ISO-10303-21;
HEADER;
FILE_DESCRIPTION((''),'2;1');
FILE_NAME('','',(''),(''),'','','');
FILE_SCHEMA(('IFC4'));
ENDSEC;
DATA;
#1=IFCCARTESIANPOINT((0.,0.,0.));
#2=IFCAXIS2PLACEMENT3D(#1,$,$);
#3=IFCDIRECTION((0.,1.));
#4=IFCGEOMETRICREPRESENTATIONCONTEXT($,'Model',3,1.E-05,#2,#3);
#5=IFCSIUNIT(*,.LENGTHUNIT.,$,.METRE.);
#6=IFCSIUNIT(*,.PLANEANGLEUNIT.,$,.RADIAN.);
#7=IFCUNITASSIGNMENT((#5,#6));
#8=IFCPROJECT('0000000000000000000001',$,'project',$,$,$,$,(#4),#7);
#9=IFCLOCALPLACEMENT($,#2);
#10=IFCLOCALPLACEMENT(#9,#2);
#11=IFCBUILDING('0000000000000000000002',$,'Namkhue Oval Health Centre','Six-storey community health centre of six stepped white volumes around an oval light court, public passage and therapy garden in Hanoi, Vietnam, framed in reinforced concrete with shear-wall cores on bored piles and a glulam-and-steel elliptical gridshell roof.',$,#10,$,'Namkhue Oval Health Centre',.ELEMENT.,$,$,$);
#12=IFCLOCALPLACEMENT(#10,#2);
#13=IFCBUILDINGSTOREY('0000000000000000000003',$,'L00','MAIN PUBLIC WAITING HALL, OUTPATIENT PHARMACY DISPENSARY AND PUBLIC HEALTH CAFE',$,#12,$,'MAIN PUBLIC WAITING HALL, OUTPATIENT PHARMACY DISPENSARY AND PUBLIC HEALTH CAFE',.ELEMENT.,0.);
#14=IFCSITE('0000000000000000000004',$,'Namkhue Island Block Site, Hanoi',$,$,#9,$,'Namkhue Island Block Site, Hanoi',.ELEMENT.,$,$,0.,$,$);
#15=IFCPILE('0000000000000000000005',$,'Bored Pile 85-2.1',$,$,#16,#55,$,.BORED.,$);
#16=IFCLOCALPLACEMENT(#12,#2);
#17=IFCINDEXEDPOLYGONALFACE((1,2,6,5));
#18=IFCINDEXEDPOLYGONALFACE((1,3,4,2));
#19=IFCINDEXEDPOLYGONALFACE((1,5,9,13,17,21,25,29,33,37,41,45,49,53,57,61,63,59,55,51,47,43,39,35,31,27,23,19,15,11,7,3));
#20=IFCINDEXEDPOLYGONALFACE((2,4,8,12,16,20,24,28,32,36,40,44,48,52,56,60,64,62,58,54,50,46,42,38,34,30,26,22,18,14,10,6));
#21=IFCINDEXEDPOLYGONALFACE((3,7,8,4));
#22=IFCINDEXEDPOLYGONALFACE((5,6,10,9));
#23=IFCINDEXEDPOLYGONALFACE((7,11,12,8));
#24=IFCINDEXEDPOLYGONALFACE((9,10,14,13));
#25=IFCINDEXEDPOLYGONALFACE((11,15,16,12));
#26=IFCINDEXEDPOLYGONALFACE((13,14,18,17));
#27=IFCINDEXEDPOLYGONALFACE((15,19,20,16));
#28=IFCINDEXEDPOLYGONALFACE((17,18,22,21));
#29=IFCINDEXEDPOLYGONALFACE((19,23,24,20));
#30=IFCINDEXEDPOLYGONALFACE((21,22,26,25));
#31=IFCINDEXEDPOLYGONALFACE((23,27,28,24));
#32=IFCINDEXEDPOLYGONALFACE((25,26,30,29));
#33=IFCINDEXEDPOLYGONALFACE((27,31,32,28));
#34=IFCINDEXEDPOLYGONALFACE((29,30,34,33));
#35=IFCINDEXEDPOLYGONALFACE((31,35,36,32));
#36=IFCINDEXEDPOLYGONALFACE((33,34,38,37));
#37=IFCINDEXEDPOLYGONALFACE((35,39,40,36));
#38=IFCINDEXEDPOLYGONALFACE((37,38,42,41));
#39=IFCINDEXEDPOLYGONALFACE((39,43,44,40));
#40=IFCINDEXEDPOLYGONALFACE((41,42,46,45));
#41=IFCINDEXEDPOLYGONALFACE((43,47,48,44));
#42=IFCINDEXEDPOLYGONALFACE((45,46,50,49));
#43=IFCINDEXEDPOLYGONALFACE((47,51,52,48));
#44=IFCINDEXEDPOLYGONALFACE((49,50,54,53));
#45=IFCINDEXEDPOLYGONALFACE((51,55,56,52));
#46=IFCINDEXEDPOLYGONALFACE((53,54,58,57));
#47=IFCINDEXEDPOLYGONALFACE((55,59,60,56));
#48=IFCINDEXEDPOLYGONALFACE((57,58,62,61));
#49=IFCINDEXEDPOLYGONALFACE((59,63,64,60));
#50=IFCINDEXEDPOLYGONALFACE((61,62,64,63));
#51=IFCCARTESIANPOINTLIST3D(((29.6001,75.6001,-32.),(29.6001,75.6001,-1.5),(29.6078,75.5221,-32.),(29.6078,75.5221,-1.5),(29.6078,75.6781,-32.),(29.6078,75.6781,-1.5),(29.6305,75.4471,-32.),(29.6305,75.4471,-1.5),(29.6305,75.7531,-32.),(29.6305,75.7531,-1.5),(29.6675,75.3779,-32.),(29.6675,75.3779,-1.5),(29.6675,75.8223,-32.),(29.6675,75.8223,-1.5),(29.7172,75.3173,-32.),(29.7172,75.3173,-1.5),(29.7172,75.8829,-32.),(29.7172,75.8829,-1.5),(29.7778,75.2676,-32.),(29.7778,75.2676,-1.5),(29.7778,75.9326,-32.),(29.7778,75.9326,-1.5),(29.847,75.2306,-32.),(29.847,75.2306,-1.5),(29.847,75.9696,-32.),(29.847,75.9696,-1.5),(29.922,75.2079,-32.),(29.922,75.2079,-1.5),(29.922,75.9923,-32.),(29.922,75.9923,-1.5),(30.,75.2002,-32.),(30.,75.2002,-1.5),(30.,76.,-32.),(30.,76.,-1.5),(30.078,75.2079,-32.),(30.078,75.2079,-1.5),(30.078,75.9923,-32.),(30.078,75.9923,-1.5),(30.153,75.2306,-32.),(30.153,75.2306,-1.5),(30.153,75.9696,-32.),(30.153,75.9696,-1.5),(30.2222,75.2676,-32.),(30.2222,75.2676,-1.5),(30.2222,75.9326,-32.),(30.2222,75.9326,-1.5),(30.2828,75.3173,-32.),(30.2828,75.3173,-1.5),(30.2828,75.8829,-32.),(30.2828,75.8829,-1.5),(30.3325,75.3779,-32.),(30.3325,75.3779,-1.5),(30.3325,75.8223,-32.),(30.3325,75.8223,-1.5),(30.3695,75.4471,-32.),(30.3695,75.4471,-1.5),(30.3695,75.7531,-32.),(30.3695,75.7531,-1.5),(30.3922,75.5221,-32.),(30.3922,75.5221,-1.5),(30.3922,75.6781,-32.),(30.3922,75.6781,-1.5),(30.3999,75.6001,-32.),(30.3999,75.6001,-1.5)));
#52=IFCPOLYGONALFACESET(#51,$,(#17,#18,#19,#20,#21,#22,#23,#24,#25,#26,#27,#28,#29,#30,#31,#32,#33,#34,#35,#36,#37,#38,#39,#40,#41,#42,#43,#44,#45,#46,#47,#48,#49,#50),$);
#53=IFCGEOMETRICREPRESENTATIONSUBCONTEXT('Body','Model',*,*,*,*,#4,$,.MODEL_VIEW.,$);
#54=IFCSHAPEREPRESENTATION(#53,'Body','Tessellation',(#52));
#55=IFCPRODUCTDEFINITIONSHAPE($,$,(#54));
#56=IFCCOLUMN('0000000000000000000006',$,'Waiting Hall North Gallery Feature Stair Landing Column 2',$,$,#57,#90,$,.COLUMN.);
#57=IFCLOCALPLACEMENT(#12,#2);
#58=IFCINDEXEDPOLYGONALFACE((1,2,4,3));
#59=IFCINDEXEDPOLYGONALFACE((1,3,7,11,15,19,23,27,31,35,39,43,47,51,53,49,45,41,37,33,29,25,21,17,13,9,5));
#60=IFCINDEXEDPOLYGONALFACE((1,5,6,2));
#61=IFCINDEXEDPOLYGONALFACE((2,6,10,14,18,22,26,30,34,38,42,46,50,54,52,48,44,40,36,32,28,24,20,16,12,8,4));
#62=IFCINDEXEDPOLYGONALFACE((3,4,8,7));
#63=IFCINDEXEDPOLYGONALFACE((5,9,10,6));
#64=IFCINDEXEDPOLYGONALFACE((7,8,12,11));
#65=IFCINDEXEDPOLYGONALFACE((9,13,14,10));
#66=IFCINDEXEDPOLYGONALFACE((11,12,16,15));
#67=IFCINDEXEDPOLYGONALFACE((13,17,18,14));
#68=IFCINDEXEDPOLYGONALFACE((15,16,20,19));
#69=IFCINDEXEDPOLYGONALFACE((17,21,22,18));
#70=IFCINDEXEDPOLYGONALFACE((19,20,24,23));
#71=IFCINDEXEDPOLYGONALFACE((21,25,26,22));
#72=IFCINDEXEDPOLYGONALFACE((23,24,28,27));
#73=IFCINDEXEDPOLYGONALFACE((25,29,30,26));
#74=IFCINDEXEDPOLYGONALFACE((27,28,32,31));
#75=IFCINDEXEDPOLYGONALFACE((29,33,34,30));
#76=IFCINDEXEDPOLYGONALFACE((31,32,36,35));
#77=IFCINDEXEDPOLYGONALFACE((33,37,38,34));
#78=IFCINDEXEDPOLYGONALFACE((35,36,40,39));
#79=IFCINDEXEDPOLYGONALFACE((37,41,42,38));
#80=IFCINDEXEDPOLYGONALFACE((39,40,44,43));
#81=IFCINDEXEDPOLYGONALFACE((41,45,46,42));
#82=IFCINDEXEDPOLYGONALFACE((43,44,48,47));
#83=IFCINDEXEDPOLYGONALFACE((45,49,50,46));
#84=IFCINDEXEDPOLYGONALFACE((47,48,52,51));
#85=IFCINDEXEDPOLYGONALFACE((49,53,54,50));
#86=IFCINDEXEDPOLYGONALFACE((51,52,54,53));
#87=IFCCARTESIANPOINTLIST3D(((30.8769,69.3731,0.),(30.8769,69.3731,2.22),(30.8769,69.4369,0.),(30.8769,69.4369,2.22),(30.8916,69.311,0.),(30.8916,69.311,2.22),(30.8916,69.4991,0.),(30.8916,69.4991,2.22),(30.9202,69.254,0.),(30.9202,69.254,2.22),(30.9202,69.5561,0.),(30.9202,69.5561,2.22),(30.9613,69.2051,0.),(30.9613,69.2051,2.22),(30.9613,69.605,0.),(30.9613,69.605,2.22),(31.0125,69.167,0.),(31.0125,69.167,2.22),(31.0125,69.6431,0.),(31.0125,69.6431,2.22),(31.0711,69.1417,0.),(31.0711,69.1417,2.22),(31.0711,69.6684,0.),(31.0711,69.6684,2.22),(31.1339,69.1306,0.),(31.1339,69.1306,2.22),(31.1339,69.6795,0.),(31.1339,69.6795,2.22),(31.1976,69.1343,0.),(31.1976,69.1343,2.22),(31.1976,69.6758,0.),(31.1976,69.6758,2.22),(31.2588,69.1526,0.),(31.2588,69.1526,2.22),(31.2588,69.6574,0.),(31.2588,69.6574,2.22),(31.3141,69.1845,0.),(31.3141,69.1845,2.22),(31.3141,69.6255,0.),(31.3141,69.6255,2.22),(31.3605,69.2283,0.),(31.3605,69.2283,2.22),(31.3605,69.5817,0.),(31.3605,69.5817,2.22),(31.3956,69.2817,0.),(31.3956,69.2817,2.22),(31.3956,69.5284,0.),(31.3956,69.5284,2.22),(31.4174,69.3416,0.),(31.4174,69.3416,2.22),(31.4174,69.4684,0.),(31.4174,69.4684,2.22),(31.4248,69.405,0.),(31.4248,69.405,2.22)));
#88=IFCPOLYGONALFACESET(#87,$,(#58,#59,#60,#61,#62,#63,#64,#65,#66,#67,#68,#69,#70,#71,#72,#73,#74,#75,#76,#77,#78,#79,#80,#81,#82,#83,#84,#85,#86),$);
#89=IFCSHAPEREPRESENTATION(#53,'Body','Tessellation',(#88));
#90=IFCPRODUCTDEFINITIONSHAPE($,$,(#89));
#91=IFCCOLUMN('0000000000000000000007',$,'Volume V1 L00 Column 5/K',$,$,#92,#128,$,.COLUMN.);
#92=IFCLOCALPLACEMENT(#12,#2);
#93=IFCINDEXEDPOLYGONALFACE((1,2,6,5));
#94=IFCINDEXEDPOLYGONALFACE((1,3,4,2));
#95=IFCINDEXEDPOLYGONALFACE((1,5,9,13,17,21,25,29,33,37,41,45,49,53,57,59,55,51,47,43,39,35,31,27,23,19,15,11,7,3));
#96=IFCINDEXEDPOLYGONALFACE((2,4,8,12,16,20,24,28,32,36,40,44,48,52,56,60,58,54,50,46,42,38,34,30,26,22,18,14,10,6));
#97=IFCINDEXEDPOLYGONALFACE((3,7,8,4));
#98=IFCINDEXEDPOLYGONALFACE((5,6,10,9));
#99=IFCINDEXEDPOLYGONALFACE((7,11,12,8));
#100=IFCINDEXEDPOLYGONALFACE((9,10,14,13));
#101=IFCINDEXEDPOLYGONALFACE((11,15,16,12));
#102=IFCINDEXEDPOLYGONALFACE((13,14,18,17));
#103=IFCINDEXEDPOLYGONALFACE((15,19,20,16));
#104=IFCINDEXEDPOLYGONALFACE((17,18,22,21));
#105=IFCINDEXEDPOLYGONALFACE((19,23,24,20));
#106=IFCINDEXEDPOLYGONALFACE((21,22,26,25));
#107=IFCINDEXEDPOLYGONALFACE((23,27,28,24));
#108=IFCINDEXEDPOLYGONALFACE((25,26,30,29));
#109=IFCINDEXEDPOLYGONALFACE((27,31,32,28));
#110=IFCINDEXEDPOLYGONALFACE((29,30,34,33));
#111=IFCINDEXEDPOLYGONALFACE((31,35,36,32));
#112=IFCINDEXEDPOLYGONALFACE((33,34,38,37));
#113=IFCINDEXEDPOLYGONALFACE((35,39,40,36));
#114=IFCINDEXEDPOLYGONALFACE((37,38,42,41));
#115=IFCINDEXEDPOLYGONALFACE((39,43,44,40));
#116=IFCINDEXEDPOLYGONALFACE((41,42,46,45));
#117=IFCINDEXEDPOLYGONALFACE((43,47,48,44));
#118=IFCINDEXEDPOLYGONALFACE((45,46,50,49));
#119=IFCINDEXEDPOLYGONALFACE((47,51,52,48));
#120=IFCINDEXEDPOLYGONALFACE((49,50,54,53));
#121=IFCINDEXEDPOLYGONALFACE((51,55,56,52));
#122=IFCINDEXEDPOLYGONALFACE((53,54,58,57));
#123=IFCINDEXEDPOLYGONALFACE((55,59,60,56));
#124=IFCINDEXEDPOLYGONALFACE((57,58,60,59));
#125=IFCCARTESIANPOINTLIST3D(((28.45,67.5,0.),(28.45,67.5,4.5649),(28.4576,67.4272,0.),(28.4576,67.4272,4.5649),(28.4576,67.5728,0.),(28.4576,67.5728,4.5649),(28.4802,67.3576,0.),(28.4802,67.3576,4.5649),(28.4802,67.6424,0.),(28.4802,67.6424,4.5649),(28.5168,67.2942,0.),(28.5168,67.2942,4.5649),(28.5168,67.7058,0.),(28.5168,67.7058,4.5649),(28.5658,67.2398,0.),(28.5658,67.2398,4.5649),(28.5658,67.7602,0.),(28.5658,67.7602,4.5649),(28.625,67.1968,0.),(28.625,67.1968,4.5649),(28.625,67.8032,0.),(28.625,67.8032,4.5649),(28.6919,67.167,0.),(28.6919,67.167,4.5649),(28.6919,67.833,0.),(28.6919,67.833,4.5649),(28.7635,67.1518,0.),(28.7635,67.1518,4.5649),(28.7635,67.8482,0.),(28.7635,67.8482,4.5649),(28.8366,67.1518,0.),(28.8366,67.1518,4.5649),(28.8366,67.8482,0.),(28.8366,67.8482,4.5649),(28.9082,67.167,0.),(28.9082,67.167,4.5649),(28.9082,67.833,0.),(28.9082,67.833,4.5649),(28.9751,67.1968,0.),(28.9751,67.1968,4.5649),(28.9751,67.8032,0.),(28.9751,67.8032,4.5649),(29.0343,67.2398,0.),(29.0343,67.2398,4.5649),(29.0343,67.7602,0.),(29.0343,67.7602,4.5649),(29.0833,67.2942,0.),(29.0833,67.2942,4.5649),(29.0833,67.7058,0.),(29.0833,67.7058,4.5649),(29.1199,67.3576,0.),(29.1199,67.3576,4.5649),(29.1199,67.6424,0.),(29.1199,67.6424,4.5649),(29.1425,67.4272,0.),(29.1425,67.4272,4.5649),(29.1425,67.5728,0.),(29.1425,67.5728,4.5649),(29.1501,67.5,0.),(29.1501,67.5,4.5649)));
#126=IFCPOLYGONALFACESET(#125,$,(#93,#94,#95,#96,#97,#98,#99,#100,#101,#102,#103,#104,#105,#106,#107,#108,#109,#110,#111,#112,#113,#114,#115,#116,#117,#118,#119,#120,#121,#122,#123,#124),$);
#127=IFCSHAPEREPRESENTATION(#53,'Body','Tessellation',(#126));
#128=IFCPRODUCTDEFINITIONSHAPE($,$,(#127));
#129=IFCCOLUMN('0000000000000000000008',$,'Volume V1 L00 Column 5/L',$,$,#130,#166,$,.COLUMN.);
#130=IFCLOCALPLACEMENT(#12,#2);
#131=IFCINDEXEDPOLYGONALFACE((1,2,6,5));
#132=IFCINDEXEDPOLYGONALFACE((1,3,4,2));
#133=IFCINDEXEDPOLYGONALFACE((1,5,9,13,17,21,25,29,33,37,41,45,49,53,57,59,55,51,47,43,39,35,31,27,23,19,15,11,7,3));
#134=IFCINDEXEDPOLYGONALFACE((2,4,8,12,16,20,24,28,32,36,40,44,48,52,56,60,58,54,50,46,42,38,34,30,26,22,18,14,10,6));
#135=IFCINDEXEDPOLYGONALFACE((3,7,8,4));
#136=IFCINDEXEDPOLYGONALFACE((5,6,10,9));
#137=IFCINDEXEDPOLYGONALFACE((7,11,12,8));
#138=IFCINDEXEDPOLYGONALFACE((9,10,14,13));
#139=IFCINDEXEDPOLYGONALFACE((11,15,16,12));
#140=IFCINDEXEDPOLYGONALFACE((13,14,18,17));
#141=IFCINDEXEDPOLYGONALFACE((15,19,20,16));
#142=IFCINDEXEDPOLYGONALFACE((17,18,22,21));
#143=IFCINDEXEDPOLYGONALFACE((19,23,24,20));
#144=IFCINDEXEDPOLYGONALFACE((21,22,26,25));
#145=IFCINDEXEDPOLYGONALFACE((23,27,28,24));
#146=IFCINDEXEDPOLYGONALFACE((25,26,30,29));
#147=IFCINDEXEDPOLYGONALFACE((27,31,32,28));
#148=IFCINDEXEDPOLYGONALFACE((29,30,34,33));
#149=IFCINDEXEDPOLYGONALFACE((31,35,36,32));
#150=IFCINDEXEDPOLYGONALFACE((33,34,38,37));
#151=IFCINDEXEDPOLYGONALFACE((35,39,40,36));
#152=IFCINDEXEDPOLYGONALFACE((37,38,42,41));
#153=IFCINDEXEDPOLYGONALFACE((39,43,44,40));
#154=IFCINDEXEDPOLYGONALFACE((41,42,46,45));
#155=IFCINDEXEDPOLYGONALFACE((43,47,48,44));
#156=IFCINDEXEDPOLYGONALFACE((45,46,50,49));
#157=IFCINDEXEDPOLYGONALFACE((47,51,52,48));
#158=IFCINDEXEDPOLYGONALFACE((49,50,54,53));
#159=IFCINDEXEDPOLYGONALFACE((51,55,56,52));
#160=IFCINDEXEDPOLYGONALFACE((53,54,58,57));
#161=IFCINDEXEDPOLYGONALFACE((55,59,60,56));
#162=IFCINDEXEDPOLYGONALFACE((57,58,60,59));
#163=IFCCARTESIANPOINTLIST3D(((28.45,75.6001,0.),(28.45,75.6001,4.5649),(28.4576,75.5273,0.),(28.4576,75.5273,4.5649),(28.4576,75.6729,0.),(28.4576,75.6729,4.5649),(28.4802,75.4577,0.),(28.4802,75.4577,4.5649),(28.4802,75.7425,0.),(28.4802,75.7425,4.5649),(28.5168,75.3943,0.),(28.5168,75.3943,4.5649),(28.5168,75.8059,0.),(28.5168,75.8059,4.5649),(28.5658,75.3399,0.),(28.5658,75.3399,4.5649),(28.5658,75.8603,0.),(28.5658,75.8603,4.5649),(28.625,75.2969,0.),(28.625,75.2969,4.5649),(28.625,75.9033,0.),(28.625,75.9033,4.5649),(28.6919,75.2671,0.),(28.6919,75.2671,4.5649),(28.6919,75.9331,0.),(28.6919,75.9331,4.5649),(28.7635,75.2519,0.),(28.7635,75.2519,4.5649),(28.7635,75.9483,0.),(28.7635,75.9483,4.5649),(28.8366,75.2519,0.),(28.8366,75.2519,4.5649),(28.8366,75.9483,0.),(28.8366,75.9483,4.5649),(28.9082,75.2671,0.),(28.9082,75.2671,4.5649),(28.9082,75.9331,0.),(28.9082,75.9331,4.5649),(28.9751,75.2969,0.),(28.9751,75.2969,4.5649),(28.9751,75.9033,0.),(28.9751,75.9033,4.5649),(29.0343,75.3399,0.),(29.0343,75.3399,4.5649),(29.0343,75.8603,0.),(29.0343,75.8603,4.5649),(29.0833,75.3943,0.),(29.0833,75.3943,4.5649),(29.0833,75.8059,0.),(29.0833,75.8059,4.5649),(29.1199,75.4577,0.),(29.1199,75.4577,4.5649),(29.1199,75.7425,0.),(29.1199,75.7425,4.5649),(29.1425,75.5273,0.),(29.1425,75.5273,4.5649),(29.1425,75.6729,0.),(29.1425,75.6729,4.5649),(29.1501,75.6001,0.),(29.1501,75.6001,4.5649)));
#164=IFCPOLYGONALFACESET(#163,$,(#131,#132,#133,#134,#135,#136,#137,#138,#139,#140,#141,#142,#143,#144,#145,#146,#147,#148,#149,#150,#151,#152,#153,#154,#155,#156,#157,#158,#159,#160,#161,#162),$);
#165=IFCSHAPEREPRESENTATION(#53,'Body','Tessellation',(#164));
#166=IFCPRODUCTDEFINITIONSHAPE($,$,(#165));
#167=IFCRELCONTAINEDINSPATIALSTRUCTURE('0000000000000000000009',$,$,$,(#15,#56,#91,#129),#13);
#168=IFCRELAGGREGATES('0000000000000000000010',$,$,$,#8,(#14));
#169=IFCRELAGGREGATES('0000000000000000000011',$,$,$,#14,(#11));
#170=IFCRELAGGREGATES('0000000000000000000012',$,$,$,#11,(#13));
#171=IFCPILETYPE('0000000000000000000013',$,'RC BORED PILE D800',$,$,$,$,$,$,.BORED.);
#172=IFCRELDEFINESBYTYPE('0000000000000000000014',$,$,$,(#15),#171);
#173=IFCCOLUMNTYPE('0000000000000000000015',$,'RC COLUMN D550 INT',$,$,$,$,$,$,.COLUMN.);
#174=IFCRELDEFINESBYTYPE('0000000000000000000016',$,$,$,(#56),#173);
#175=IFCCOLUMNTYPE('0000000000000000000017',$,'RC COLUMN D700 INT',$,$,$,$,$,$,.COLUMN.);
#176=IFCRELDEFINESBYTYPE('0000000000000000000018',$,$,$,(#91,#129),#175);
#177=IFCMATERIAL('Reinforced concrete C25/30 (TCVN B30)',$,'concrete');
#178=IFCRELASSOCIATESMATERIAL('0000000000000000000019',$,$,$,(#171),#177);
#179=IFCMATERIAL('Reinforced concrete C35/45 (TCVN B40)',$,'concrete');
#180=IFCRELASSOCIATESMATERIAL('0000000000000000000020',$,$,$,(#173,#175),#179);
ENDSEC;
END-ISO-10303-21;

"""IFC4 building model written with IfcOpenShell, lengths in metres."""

from ifc_helpers import new_model, si_unit, direction, frame, origin, origin_2d, place, context, subcontext, project, spatial, circle, extrude, material, material_profile, profile_set, type_object, element, save


model = new_model("IFC4")

# Units and contexts
model_context = context("Model", 3, precision=1e-05, world=origin(), true_north=direction((0.0, 1.0)))
body_context = subcontext(model_context, "Body", "Model", "MODEL_VIEW")
ifc_project = project(units=[si_unit("LENGTHUNIT", "METRE"), si_unit("PLANEANGLEUNIT", "RADIAN")], contexts=[model_context])

# Site, building, storey
site_placement = place(None, origin())
site = spatial("IfcSite", under=ifc_project, at=site_placement, Name="Namkhue Island Block Site, Hanoi", LongName="Namkhue Island Block Site, Hanoi", CompositionType="ELEMENT", RefElevation=0.0)
building_placement = place(site_placement, origin())
building = spatial("IfcBuilding", under=site, at=building_placement, Name="Namkhue Oval Health Centre", Description="Six-storey community health centre of six stepped white volumes around an oval light court, public passage and therapy garden in Hanoi, Vietnam, framed in reinforced concrete with shear-wall cores on bored piles and a glulam-and-steel elliptical gridshell roof.", LongName="Namkhue Oval Health Centre", CompositionType="ELEMENT")
storey_placement = place(building_placement, origin())
storey = spatial("IfcBuildingStorey", under=building, at=storey_placement, Name="L00", Description="MAIN PUBLIC WAITING HALL, OUTPATIENT PHARMACY DISPENSARY AND PUBLIC HEALTH CAFE", LongName="MAIN PUBLIC WAITING HALL, OUTPATIENT PHARMACY DISPENSARY AND PUBLIC HEALTH CAFE", CompositionType="ELEMENT", Elevation=0.0)

# Pile
ifc_material_1 = material(Name="Reinforced concrete C25/30 (TCVN B30)", Category="concrete")
ifc_material_profile_1 = material_profile(ifc_material_1, circle(Radius=0.3999, at=origin_2d()), Name="BORED PILE D800")
ifc_profile_set_1 = profile_set([ifc_material_profile_1], Name="Reinforced concrete C25/30 (TCVN B30)")
pile_type = type_object("IfcPileType", Name="RC BORED PILE D800", PredefinedType="BORED", material=ifc_profile_set_1)
for number, where, z_axis, x_axis, name in (
    (1, (30.0, 75.6001, -1.5), (0.0, 0.0, -1.0), (1.0, 0.0, 0.0), "Bored Pile 85-2.1"),
):
    element("IfcPile", number, at=place(storey_placement, frame(where, z_axis=z_axis, x_axis=x_axis)), inside=storey, type_object=pile_type, Name=name, PredefinedType="BORED", context=body_context, shape_type="SweptSolid", body=[
        extrude(circle(Radius=0.3999, at=origin_2d()), origin(), (0.0, 0.0, 1.0), 30.5),
    ])

# Columns
ifc_material_2 = material(Name="Reinforced concrete C35/45 (TCVN B40)", Category="concrete")
ifc_material_profile_2 = material_profile(ifc_material_2, circle(Radius=0.2749, at=origin_2d()), Name="RC D550")
ifc_profile_set_2 = profile_set([ifc_material_profile_2], Name="Reinforced concrete C35/45 (TCVN B40)")
column_type_1 = type_object("IfcColumnType", Name="RC COLUMN D550 INT", PredefinedType="COLUMN", material=ifc_profile_set_2)
column_placement = place(storey_placement, frame((31.1499, 69.405, 0.0), z_axis=(0.0, 0.0, 1.0), x_axis=(1.0, 0.0, 0.0)))
element("IfcColumn", 2, at=column_placement, inside=storey, type_object=column_type_1, Name="Waiting Hall North Gallery Feature Stair Landing Column 2", PredefinedType="COLUMN", context=body_context, shape_type="SweptSolid", body=[
    extrude(circle(Radius=0.2749, at=origin_2d()), origin(), (0.0, 0.0, 1.0), 2.22),
])
ifc_material_profile_3 = material_profile(ifc_material_2, circle(Radius=0.3501, at=origin_2d()), Name="RC D700")
ifc_profile_set_3 = profile_set([ifc_material_profile_3], Name="Reinforced concrete C35/45 (TCVN B40)")
column_type_2 = type_object("IfcColumnType", Name="RC COLUMN D700 INT", PredefinedType="COLUMN", material=ifc_profile_set_3)
for number, where, z_axis, x_axis, name in (
    (3, (28.8, 67.5, 0.0), (0.0, 0.0, 1.0), (1.0, 0.0, 0.0), "Volume V1 L00 Column 5/K"),
    (4, (28.8, 75.6001, 0.0), (0.0, 0.0, 1.0), (1.0, 0.0, 0.0), "Volume V1 L00 Column 5/L"),
):
    element("IfcColumn", number, at=place(storey_placement, frame(where, z_axis=z_axis, x_axis=x_axis)), inside=storey, type_object=column_type_2, Name=name, PredefinedType="COLUMN", context=body_context, shape_type="SweptSolid", body=[
        extrude(circle(Radius=0.3501, at=origin_2d()), origin(), (0.0, 0.0, 1.0), 4.5649),
    ])

save(model, "model.ifc")
